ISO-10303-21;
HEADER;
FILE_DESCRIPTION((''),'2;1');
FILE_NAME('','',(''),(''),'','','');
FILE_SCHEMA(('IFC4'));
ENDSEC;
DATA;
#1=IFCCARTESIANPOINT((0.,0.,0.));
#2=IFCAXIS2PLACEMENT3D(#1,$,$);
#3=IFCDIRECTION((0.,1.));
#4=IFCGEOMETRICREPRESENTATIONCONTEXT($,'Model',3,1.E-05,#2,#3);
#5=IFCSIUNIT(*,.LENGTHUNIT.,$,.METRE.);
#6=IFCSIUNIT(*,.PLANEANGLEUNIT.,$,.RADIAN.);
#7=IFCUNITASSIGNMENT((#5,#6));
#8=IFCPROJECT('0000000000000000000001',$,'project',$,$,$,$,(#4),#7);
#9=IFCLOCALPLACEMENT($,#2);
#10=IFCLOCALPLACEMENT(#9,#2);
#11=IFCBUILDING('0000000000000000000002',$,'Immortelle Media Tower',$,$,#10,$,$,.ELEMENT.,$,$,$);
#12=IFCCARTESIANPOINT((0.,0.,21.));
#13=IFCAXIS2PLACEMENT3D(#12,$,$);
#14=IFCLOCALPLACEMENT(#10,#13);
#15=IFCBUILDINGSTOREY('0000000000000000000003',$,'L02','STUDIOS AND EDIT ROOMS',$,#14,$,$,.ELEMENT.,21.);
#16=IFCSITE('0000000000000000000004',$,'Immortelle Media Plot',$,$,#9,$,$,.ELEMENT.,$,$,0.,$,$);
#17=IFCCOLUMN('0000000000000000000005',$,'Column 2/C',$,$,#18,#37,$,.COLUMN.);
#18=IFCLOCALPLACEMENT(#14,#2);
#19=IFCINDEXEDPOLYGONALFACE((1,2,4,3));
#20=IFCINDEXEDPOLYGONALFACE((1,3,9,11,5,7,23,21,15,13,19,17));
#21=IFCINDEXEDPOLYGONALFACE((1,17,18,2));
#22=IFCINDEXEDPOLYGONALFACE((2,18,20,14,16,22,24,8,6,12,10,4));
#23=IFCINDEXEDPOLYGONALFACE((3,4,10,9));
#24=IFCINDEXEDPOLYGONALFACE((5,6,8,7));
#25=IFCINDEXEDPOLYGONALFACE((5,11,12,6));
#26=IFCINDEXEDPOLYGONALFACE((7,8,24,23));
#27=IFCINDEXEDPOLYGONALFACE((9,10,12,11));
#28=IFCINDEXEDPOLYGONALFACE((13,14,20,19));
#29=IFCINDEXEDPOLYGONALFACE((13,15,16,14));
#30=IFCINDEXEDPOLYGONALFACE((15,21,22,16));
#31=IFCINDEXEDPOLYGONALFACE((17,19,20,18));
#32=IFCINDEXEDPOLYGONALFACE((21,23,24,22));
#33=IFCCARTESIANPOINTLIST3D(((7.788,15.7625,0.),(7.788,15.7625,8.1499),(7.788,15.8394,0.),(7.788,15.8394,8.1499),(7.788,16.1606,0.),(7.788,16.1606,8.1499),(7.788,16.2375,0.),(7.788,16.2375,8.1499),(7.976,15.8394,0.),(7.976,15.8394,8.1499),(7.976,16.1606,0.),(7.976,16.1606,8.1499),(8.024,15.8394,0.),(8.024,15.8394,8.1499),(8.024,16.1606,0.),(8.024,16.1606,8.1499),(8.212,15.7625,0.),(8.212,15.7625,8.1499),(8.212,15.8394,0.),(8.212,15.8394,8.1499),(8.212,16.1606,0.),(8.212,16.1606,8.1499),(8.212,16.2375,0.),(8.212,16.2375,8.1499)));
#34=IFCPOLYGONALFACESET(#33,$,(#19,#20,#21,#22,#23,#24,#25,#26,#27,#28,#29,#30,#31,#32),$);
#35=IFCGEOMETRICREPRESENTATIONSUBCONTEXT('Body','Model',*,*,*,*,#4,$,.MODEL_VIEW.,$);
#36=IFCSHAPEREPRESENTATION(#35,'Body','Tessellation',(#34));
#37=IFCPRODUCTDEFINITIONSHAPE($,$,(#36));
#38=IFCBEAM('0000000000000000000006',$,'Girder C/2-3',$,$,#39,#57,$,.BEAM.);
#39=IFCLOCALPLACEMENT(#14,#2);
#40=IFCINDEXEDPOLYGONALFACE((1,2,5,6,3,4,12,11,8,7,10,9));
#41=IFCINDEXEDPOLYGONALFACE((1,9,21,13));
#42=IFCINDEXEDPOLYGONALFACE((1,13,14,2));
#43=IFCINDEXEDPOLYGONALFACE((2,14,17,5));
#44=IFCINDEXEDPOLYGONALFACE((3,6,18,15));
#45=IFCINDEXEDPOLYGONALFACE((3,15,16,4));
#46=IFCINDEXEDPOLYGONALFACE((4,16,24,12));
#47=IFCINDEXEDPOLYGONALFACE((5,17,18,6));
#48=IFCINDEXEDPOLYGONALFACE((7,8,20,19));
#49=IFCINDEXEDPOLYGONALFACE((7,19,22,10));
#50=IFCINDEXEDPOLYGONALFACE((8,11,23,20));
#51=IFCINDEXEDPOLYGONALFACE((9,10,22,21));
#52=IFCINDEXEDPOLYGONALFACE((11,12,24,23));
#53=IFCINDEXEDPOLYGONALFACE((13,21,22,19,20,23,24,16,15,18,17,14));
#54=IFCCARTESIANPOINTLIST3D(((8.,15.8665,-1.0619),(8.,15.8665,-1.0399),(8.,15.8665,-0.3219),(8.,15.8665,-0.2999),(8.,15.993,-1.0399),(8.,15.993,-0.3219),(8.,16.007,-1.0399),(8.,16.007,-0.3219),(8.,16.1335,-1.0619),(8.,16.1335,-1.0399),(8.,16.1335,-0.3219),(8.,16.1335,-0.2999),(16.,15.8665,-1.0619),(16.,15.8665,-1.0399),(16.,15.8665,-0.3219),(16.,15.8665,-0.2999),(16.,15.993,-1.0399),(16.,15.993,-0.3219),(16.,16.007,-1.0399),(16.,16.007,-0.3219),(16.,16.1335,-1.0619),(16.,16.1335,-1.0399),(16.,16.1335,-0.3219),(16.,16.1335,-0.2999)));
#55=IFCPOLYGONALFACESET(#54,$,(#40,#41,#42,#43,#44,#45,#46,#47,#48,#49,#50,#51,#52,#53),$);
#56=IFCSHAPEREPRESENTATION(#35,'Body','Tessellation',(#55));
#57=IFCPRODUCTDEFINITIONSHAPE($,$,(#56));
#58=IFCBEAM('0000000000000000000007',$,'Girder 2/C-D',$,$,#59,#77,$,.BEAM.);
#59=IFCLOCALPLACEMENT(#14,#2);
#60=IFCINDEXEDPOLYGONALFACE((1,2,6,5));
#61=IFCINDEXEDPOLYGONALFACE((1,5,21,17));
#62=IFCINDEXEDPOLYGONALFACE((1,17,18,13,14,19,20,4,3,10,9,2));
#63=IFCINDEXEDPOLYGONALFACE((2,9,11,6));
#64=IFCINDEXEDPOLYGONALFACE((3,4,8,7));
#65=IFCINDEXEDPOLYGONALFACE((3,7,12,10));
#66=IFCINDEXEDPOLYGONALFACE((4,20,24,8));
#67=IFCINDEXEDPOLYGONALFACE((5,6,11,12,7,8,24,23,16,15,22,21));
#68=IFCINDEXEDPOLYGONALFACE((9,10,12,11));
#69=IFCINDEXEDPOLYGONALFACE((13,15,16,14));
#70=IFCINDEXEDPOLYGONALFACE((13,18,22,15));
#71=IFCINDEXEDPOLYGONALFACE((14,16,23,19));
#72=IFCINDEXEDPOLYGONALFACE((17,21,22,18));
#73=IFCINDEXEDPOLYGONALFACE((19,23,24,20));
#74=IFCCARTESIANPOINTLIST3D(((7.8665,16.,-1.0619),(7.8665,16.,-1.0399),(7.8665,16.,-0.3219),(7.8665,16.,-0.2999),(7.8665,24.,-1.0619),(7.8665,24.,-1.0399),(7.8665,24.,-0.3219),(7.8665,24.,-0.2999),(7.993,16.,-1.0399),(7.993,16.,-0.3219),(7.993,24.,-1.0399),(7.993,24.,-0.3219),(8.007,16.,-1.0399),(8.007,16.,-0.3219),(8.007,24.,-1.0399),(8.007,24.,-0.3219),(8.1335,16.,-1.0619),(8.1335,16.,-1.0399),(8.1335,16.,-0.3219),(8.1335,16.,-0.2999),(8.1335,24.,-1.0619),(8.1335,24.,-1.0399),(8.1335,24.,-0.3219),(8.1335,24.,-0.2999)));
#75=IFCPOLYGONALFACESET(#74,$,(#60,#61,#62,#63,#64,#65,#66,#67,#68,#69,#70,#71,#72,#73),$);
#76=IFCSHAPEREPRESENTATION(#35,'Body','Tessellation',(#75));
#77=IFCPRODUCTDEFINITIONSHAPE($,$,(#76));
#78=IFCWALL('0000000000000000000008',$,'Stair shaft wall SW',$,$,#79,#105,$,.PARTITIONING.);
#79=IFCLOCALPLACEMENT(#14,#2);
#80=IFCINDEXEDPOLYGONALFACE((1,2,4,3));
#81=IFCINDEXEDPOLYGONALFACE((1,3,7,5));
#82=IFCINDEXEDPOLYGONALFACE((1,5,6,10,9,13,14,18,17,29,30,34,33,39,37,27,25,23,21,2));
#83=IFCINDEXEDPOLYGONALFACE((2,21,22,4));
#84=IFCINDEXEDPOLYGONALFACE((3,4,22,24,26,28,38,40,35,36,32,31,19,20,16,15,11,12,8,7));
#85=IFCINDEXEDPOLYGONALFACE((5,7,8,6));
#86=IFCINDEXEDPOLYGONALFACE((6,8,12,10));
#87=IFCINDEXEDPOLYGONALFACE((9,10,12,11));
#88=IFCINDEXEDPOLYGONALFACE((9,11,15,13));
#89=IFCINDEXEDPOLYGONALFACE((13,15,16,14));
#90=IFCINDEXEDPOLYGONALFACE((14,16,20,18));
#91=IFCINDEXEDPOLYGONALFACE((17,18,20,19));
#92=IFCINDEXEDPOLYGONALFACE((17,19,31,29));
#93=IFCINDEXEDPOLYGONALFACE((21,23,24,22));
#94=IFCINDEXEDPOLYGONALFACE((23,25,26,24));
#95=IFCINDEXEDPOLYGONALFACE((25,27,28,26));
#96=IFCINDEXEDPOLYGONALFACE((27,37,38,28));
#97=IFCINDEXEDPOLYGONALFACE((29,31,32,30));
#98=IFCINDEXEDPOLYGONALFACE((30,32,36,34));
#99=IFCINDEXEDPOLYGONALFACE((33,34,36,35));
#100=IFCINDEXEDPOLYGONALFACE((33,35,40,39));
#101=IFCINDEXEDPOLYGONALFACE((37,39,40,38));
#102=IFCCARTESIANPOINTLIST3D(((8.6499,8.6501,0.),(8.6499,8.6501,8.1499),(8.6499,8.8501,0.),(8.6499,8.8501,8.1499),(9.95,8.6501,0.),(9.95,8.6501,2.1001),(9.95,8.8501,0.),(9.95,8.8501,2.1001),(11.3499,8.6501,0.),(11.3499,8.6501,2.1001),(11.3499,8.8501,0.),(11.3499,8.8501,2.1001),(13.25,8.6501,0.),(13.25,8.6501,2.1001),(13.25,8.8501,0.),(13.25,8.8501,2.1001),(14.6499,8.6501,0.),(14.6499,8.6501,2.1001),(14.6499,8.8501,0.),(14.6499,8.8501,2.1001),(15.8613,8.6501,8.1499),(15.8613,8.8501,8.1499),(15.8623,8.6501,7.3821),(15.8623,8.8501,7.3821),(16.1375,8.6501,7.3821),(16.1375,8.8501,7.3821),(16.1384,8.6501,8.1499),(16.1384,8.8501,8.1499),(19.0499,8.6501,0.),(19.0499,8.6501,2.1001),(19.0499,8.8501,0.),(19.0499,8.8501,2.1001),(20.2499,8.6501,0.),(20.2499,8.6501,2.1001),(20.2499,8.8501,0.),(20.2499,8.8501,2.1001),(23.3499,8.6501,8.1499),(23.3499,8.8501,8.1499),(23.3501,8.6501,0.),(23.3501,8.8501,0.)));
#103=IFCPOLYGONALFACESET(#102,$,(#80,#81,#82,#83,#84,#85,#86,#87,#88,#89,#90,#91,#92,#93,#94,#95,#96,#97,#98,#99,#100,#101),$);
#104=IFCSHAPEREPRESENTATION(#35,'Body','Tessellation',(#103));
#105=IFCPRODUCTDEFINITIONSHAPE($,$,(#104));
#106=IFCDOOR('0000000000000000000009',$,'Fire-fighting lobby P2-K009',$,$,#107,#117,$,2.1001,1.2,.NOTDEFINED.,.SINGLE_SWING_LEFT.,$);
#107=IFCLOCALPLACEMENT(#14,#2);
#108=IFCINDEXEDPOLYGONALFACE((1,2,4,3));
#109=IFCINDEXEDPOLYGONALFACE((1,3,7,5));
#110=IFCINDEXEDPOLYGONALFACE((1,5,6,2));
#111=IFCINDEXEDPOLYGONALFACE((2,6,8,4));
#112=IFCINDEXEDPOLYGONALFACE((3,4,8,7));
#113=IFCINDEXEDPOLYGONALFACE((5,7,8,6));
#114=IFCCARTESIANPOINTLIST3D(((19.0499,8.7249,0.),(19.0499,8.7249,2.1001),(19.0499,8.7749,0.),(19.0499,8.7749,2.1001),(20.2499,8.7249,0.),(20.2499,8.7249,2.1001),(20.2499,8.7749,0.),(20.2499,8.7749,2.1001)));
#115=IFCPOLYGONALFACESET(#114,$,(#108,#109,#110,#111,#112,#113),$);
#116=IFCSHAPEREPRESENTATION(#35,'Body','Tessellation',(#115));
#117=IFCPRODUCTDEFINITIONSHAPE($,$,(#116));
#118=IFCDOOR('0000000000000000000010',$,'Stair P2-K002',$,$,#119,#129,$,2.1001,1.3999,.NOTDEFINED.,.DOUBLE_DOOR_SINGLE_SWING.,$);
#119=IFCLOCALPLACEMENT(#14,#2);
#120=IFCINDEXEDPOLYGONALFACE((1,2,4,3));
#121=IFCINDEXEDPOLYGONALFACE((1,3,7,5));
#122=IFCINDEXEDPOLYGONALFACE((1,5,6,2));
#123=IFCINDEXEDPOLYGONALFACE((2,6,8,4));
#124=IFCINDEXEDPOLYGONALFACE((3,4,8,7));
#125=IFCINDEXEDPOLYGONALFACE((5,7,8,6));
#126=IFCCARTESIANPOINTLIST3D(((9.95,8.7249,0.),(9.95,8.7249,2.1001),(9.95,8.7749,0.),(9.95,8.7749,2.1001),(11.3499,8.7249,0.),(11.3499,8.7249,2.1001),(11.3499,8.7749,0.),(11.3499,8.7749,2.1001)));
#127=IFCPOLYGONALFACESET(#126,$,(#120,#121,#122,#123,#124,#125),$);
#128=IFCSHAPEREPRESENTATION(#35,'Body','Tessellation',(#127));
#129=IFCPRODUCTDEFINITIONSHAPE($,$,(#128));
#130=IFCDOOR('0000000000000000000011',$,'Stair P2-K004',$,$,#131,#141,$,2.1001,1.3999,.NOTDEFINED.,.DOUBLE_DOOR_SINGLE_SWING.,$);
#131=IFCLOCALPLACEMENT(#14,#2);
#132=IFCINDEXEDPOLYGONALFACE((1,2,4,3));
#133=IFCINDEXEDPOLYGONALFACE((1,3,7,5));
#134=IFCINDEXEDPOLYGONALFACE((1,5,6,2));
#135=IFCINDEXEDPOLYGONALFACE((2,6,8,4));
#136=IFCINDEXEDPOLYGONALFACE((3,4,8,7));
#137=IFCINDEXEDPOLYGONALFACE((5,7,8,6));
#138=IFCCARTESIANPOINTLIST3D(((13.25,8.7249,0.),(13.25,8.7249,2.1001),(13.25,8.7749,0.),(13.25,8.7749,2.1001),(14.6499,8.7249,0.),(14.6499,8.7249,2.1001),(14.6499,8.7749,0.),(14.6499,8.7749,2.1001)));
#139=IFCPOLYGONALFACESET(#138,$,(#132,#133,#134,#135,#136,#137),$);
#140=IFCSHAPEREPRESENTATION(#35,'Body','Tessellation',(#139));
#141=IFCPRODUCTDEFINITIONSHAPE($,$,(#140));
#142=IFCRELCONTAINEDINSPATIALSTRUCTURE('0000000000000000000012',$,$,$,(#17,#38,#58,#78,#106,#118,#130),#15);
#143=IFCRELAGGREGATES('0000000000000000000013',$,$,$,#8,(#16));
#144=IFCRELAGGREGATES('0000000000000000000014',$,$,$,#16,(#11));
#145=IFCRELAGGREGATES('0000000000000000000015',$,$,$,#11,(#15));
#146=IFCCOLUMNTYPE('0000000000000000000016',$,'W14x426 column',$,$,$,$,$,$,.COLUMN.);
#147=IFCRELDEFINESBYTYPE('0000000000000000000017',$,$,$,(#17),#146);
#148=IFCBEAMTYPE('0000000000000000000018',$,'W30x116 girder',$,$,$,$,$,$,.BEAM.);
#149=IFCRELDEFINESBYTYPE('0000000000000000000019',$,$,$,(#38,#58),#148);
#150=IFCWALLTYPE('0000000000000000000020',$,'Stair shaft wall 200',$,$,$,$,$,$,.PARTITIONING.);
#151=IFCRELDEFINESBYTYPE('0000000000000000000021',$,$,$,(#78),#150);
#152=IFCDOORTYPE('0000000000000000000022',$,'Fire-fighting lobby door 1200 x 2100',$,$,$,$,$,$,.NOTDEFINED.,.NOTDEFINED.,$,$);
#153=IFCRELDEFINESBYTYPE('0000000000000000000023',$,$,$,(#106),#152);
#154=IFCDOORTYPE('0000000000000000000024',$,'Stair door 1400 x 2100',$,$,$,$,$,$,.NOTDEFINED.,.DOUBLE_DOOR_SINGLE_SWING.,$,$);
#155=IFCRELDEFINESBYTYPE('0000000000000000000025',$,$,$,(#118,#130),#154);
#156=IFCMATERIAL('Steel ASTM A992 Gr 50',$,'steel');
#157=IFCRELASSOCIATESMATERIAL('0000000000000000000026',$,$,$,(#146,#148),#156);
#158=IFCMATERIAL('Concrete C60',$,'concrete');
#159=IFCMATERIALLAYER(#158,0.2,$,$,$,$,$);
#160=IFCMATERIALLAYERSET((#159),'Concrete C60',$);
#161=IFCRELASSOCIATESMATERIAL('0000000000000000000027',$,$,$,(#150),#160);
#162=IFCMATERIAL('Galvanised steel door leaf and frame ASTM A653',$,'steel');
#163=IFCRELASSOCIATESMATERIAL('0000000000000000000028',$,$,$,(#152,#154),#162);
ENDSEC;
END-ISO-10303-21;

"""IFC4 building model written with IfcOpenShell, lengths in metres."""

from ifc_helpers import new_model, si_unit, direction, frame, frame_2d, origin, origin_2d, place, context, subcontext, project, spatial, polyline, rectangle, i_section, outline, extrude, material, layer, layer_set, material_profile, profile_set, type_object, element, fill, save


model = new_model("IFC4")

# Units and contexts
model_context = context("Model", 3, precision=1e-05, world=origin(), true_north=direction((0.0, 1.0)))
body_context = subcontext(model_context, "Body", "Model", "MODEL_VIEW")
ifc_project = project(units=[si_unit("LENGTHUNIT", "METRE"), si_unit("PLANEANGLEUNIT", "RADIAN")], contexts=[model_context])

# Site, building, storey
site_placement = place(None, origin())
site = spatial("IfcSite", under=ifc_project, at=site_placement, Name="Immortelle Media Plot", CompositionType="ELEMENT", RefElevation=0.0)
building_placement = place(site_placement, origin())
building = spatial("IfcBuilding", under=site, at=building_placement, Name="Immortelle Media Tower", CompositionType="ELEMENT")
storey_placement = place(building_placement, frame((0.0, 0.0, 21.0)))
storey = spatial("IfcBuildingStorey", under=building, at=storey_placement, Name="L02", Description="STUDIOS AND EDIT ROOMS", CompositionType="ELEMENT", Elevation=21.0)

# Column
ifc_material_1 = material(Name="Steel ASTM A992 Gr 50", Category="steel")
ifc_material_profile_1 = material_profile(ifc_material_1, i_section(OverallWidth=0.4241, OverallDepth=0.4751, WebThickness=0.0481, FlangeThickness=0.0769, at=origin_2d()), Name="W14x426")
ifc_profile_set_1 = profile_set([ifc_material_profile_1], Name="Steel ASTM A992 Gr 50")
column_type = type_object("IfcColumnType", Name="W14x426 column", PredefinedType="COLUMN", material=ifc_profile_set_1)
column_placement = place(storey_placement, frame((8.0, 16.0, 0.0), z_axis=(0.0, 0.0, 1.0), x_axis=(1.0, 0.0, 0.0)))
element("IfcColumn", 1, at=column_placement, inside=storey, type_object=column_type, Name="Column 2/C", PredefinedType="COLUMN", context=body_context, shape_type="SweptSolid", body=[
    extrude(i_section(OverallWidth=0.4241, OverallDepth=0.4751, WebThickness=0.0481, FlangeThickness=0.0769, at=origin_2d()), origin(), (0.0, 0.0, 1.0), 8.1499),
])

# Beams
ifc_material_profile_2 = material_profile(ifc_material_1, i_section(OverallWidth=0.2671, OverallDepth=0.762, WebThickness=0.0139, FlangeThickness=0.022, at=origin_2d()), Name="W30x116")
ifc_profile_set_2 = profile_set([ifc_material_profile_2], Name="Steel ASTM A992 Gr 50")
beam_type = type_object("IfcBeamType", Name="W30x116 girder", PredefinedType="BEAM", material=ifc_profile_set_2)
for number, where, z_axis, x_axis, name in (
    (2, (8.0, 16.0, -0.6809), (1.0, 0.0, 0.0), (0.0, 1.0, 0.0), "Girder C/2-3"),
    (3, (8.0, 16.0, -0.6809), (0.0, 1.0, 0.0), (-1.0, 0.0, 0.0), "Girder 2/C-D"),
):
    element("IfcBeam", number, at=place(storey_placement, frame(where, z_axis=z_axis, x_axis=x_axis)), inside=storey, type_object=beam_type, Name=name, PredefinedType="BEAM", context=body_context, shape_type="SweptSolid", body=[
        extrude(i_section(OverallWidth=0.2671, OverallDepth=0.762, WebThickness=0.0139, FlangeThickness=0.022, at=origin_2d()), origin(), (0.0, 0.0, 1.0), 8.0),
    ])

# Wall, openings, doors
ifc_material_2 = material(Name="Concrete C60", Category="concrete")
ifc_layer_1 = layer(ifc_material_2, 0.2)
ifc_layer_set_1 = layer_set([ifc_layer_1], Name="Concrete C60")
wall_type_1 = type_object("IfcWallType", Name="Stair shaft wall 200", PredefinedType="PARTITIONING", material=ifc_layer_set_1)
wall_1_placement = place(storey_placement, frame((8.6499, 8.75, 0.0), z_axis=(0.0, 0.0, 1.0), x_axis=(1.0, 0.0, 0.0)))
wall_1 = element("IfcWall", 4, at=wall_1_placement, inside=storey, type_object=wall_type_1, Name="Stair shaft wall SW", PredefinedType="PARTITIONING", context=body_context, shape_type="SweptSolid", body=[
    extrude(outline(polyline([(0.0, 0.0), (14.7002, 0.0), (14.7, 8.1499), (7.4885, 8.1499), (7.4875, 7.3821), (7.2124, 7.3821), (7.2114, 8.1499), (0.0, 8.1499), (0.0, 0.0)])), frame((0.0, 0.1001, 0.0), z_axis=(0.0, -1.0, 0.0), x_axis=(1.0, 0.0, 0.0)), (0.0, 0.0, 1.0), 0.2),
])
opening_1_placement = place(wall_1_placement, frame((1.3, 0.0, 0.0)))
opening_1 = element("IfcOpeningElement", 5, at=opening_1_placement, cuts=wall_1, PredefinedType="OPENING", context=body_context, shape_type="SweptSolid", body=[
    extrude(rectangle(XDim=1.3999, YDim=2.1001, at=frame_2d((0.7, 1.05))), frame((0.0, 0.1099, 0.0), z_axis=(0.0, -1.0, 0.0), x_axis=(1.0, 0.0, 0.0)), (0.0, 0.0, 1.0), 0.22),
])
opening_2_placement = place(wall_1_placement, frame((4.6001, 0.0, 0.0)))
opening_2 = element("IfcOpeningElement", 6, at=opening_2_placement, cuts=wall_1, PredefinedType="OPENING", context=body_context, shape_type="SweptSolid", body=[
    extrude(rectangle(XDim=1.3999, YDim=2.1001, at=frame_2d((0.7, 1.05))), frame((0.0, 0.1099, 0.0), z_axis=(0.0, -1.0, 0.0), x_axis=(1.0, 0.0, 0.0)), (0.0, 0.0, 1.0), 0.22),
])
opening_3_placement = place(wall_1_placement, frame((10.3999, 0.0, 0.0)))
opening_3 = element("IfcOpeningElement", 7, at=opening_3_placement, cuts=wall_1, PredefinedType="OPENING", context=body_context, shape_type="SweptSolid", body=[
    extrude(rectangle(XDim=1.2, YDim=2.1001, at=frame_2d((0.6001, 1.05))), frame((0.0, 0.1099, 0.0), z_axis=(0.0, -1.0, 0.0), x_axis=(1.0, 0.0, 0.0)), (0.0, 0.0, 1.0), 0.22),
])
ifc_material_3 = material(Name="Galvanised steel door leaf and frame ASTM A653", Category="steel")
door_type_1 = type_object("IfcDoorType", Name="Fire-fighting lobby door 1200 x 2100", OperationType="NOTDEFINED", PredefinedType="NOTDEFINED", material=ifc_material_3)
door_1_placement = place(opening_3_placement, origin())
door_1 = element("IfcDoor", 8, at=door_1_placement, inside=storey, type_object=door_type_1, Name="Fire-fighting lobby P2-K009", OperationType="SINGLE_SWING_LEFT", OverallHeight=2.1001, OverallWidth=1.2, PredefinedType="NOTDEFINED", context=body_context, shape_type="SweptSolid", body=[
    extrude(rectangle(XDim=1.2, YDim=2.1001, at=frame_2d((0.6001, 1.05))), frame((0.0, 0.0249, 0.0), z_axis=(0.0, -1.0, 0.0), x_axis=(1.0, 0.0, 0.0)), (0.0, 0.0, 1.0), 0.05),
])
fill(opening_3, door_1)
door_type_2 = type_object("IfcDoorType", Name="Stair door 1400 x 2100", OperationType="DOUBLE_DOOR_SINGLE_SWING", PredefinedType="NOTDEFINED", material=ifc_material_3)
door_2_placement = place(opening_1_placement, origin())
door_2 = element("IfcDoor", 9, at=door_2_placement, inside=storey, type_object=door_type_2, Name="Stair P2-K002", OperationType="DOUBLE_DOOR_SINGLE_SWING", OverallHeight=2.1001, OverallWidth=1.3999, PredefinedType="NOTDEFINED", context=body_context, shape_type="SweptSolid", body=[
    extrude(rectangle(XDim=1.3999, YDim=2.1001, at=frame_2d((0.7, 1.05))), frame((0.0, 0.0249, 0.0), z_axis=(0.0, -1.0, 0.0), x_axis=(1.0, 0.0, 0.0)), (0.0, 0.0, 1.0), 0.05),
])
fill(opening_1, door_2)
door_3_placement = place(opening_2_placement, origin())
door_3 = element("IfcDoor", 10, at=door_3_placement, inside=storey, type_object=door_type_2, Name="Stair P2-K004", OperationType="DOUBLE_DOOR_SINGLE_SWING", OverallHeight=2.1001, OverallWidth=1.3999, PredefinedType="NOTDEFINED", context=body_context, shape_type="SweptSolid", body=[
    extrude(rectangle(XDim=1.3999, YDim=2.1001, at=frame_2d((0.7, 1.05))), frame((0.0, 0.0249, 0.0), z_axis=(0.0, -1.0, 0.0), x_axis=(1.0, 0.0, 0.0)), (0.0, 0.0, 1.0), 0.05),
])
fill(opening_2, door_3)

save(model, "model.ifc")
